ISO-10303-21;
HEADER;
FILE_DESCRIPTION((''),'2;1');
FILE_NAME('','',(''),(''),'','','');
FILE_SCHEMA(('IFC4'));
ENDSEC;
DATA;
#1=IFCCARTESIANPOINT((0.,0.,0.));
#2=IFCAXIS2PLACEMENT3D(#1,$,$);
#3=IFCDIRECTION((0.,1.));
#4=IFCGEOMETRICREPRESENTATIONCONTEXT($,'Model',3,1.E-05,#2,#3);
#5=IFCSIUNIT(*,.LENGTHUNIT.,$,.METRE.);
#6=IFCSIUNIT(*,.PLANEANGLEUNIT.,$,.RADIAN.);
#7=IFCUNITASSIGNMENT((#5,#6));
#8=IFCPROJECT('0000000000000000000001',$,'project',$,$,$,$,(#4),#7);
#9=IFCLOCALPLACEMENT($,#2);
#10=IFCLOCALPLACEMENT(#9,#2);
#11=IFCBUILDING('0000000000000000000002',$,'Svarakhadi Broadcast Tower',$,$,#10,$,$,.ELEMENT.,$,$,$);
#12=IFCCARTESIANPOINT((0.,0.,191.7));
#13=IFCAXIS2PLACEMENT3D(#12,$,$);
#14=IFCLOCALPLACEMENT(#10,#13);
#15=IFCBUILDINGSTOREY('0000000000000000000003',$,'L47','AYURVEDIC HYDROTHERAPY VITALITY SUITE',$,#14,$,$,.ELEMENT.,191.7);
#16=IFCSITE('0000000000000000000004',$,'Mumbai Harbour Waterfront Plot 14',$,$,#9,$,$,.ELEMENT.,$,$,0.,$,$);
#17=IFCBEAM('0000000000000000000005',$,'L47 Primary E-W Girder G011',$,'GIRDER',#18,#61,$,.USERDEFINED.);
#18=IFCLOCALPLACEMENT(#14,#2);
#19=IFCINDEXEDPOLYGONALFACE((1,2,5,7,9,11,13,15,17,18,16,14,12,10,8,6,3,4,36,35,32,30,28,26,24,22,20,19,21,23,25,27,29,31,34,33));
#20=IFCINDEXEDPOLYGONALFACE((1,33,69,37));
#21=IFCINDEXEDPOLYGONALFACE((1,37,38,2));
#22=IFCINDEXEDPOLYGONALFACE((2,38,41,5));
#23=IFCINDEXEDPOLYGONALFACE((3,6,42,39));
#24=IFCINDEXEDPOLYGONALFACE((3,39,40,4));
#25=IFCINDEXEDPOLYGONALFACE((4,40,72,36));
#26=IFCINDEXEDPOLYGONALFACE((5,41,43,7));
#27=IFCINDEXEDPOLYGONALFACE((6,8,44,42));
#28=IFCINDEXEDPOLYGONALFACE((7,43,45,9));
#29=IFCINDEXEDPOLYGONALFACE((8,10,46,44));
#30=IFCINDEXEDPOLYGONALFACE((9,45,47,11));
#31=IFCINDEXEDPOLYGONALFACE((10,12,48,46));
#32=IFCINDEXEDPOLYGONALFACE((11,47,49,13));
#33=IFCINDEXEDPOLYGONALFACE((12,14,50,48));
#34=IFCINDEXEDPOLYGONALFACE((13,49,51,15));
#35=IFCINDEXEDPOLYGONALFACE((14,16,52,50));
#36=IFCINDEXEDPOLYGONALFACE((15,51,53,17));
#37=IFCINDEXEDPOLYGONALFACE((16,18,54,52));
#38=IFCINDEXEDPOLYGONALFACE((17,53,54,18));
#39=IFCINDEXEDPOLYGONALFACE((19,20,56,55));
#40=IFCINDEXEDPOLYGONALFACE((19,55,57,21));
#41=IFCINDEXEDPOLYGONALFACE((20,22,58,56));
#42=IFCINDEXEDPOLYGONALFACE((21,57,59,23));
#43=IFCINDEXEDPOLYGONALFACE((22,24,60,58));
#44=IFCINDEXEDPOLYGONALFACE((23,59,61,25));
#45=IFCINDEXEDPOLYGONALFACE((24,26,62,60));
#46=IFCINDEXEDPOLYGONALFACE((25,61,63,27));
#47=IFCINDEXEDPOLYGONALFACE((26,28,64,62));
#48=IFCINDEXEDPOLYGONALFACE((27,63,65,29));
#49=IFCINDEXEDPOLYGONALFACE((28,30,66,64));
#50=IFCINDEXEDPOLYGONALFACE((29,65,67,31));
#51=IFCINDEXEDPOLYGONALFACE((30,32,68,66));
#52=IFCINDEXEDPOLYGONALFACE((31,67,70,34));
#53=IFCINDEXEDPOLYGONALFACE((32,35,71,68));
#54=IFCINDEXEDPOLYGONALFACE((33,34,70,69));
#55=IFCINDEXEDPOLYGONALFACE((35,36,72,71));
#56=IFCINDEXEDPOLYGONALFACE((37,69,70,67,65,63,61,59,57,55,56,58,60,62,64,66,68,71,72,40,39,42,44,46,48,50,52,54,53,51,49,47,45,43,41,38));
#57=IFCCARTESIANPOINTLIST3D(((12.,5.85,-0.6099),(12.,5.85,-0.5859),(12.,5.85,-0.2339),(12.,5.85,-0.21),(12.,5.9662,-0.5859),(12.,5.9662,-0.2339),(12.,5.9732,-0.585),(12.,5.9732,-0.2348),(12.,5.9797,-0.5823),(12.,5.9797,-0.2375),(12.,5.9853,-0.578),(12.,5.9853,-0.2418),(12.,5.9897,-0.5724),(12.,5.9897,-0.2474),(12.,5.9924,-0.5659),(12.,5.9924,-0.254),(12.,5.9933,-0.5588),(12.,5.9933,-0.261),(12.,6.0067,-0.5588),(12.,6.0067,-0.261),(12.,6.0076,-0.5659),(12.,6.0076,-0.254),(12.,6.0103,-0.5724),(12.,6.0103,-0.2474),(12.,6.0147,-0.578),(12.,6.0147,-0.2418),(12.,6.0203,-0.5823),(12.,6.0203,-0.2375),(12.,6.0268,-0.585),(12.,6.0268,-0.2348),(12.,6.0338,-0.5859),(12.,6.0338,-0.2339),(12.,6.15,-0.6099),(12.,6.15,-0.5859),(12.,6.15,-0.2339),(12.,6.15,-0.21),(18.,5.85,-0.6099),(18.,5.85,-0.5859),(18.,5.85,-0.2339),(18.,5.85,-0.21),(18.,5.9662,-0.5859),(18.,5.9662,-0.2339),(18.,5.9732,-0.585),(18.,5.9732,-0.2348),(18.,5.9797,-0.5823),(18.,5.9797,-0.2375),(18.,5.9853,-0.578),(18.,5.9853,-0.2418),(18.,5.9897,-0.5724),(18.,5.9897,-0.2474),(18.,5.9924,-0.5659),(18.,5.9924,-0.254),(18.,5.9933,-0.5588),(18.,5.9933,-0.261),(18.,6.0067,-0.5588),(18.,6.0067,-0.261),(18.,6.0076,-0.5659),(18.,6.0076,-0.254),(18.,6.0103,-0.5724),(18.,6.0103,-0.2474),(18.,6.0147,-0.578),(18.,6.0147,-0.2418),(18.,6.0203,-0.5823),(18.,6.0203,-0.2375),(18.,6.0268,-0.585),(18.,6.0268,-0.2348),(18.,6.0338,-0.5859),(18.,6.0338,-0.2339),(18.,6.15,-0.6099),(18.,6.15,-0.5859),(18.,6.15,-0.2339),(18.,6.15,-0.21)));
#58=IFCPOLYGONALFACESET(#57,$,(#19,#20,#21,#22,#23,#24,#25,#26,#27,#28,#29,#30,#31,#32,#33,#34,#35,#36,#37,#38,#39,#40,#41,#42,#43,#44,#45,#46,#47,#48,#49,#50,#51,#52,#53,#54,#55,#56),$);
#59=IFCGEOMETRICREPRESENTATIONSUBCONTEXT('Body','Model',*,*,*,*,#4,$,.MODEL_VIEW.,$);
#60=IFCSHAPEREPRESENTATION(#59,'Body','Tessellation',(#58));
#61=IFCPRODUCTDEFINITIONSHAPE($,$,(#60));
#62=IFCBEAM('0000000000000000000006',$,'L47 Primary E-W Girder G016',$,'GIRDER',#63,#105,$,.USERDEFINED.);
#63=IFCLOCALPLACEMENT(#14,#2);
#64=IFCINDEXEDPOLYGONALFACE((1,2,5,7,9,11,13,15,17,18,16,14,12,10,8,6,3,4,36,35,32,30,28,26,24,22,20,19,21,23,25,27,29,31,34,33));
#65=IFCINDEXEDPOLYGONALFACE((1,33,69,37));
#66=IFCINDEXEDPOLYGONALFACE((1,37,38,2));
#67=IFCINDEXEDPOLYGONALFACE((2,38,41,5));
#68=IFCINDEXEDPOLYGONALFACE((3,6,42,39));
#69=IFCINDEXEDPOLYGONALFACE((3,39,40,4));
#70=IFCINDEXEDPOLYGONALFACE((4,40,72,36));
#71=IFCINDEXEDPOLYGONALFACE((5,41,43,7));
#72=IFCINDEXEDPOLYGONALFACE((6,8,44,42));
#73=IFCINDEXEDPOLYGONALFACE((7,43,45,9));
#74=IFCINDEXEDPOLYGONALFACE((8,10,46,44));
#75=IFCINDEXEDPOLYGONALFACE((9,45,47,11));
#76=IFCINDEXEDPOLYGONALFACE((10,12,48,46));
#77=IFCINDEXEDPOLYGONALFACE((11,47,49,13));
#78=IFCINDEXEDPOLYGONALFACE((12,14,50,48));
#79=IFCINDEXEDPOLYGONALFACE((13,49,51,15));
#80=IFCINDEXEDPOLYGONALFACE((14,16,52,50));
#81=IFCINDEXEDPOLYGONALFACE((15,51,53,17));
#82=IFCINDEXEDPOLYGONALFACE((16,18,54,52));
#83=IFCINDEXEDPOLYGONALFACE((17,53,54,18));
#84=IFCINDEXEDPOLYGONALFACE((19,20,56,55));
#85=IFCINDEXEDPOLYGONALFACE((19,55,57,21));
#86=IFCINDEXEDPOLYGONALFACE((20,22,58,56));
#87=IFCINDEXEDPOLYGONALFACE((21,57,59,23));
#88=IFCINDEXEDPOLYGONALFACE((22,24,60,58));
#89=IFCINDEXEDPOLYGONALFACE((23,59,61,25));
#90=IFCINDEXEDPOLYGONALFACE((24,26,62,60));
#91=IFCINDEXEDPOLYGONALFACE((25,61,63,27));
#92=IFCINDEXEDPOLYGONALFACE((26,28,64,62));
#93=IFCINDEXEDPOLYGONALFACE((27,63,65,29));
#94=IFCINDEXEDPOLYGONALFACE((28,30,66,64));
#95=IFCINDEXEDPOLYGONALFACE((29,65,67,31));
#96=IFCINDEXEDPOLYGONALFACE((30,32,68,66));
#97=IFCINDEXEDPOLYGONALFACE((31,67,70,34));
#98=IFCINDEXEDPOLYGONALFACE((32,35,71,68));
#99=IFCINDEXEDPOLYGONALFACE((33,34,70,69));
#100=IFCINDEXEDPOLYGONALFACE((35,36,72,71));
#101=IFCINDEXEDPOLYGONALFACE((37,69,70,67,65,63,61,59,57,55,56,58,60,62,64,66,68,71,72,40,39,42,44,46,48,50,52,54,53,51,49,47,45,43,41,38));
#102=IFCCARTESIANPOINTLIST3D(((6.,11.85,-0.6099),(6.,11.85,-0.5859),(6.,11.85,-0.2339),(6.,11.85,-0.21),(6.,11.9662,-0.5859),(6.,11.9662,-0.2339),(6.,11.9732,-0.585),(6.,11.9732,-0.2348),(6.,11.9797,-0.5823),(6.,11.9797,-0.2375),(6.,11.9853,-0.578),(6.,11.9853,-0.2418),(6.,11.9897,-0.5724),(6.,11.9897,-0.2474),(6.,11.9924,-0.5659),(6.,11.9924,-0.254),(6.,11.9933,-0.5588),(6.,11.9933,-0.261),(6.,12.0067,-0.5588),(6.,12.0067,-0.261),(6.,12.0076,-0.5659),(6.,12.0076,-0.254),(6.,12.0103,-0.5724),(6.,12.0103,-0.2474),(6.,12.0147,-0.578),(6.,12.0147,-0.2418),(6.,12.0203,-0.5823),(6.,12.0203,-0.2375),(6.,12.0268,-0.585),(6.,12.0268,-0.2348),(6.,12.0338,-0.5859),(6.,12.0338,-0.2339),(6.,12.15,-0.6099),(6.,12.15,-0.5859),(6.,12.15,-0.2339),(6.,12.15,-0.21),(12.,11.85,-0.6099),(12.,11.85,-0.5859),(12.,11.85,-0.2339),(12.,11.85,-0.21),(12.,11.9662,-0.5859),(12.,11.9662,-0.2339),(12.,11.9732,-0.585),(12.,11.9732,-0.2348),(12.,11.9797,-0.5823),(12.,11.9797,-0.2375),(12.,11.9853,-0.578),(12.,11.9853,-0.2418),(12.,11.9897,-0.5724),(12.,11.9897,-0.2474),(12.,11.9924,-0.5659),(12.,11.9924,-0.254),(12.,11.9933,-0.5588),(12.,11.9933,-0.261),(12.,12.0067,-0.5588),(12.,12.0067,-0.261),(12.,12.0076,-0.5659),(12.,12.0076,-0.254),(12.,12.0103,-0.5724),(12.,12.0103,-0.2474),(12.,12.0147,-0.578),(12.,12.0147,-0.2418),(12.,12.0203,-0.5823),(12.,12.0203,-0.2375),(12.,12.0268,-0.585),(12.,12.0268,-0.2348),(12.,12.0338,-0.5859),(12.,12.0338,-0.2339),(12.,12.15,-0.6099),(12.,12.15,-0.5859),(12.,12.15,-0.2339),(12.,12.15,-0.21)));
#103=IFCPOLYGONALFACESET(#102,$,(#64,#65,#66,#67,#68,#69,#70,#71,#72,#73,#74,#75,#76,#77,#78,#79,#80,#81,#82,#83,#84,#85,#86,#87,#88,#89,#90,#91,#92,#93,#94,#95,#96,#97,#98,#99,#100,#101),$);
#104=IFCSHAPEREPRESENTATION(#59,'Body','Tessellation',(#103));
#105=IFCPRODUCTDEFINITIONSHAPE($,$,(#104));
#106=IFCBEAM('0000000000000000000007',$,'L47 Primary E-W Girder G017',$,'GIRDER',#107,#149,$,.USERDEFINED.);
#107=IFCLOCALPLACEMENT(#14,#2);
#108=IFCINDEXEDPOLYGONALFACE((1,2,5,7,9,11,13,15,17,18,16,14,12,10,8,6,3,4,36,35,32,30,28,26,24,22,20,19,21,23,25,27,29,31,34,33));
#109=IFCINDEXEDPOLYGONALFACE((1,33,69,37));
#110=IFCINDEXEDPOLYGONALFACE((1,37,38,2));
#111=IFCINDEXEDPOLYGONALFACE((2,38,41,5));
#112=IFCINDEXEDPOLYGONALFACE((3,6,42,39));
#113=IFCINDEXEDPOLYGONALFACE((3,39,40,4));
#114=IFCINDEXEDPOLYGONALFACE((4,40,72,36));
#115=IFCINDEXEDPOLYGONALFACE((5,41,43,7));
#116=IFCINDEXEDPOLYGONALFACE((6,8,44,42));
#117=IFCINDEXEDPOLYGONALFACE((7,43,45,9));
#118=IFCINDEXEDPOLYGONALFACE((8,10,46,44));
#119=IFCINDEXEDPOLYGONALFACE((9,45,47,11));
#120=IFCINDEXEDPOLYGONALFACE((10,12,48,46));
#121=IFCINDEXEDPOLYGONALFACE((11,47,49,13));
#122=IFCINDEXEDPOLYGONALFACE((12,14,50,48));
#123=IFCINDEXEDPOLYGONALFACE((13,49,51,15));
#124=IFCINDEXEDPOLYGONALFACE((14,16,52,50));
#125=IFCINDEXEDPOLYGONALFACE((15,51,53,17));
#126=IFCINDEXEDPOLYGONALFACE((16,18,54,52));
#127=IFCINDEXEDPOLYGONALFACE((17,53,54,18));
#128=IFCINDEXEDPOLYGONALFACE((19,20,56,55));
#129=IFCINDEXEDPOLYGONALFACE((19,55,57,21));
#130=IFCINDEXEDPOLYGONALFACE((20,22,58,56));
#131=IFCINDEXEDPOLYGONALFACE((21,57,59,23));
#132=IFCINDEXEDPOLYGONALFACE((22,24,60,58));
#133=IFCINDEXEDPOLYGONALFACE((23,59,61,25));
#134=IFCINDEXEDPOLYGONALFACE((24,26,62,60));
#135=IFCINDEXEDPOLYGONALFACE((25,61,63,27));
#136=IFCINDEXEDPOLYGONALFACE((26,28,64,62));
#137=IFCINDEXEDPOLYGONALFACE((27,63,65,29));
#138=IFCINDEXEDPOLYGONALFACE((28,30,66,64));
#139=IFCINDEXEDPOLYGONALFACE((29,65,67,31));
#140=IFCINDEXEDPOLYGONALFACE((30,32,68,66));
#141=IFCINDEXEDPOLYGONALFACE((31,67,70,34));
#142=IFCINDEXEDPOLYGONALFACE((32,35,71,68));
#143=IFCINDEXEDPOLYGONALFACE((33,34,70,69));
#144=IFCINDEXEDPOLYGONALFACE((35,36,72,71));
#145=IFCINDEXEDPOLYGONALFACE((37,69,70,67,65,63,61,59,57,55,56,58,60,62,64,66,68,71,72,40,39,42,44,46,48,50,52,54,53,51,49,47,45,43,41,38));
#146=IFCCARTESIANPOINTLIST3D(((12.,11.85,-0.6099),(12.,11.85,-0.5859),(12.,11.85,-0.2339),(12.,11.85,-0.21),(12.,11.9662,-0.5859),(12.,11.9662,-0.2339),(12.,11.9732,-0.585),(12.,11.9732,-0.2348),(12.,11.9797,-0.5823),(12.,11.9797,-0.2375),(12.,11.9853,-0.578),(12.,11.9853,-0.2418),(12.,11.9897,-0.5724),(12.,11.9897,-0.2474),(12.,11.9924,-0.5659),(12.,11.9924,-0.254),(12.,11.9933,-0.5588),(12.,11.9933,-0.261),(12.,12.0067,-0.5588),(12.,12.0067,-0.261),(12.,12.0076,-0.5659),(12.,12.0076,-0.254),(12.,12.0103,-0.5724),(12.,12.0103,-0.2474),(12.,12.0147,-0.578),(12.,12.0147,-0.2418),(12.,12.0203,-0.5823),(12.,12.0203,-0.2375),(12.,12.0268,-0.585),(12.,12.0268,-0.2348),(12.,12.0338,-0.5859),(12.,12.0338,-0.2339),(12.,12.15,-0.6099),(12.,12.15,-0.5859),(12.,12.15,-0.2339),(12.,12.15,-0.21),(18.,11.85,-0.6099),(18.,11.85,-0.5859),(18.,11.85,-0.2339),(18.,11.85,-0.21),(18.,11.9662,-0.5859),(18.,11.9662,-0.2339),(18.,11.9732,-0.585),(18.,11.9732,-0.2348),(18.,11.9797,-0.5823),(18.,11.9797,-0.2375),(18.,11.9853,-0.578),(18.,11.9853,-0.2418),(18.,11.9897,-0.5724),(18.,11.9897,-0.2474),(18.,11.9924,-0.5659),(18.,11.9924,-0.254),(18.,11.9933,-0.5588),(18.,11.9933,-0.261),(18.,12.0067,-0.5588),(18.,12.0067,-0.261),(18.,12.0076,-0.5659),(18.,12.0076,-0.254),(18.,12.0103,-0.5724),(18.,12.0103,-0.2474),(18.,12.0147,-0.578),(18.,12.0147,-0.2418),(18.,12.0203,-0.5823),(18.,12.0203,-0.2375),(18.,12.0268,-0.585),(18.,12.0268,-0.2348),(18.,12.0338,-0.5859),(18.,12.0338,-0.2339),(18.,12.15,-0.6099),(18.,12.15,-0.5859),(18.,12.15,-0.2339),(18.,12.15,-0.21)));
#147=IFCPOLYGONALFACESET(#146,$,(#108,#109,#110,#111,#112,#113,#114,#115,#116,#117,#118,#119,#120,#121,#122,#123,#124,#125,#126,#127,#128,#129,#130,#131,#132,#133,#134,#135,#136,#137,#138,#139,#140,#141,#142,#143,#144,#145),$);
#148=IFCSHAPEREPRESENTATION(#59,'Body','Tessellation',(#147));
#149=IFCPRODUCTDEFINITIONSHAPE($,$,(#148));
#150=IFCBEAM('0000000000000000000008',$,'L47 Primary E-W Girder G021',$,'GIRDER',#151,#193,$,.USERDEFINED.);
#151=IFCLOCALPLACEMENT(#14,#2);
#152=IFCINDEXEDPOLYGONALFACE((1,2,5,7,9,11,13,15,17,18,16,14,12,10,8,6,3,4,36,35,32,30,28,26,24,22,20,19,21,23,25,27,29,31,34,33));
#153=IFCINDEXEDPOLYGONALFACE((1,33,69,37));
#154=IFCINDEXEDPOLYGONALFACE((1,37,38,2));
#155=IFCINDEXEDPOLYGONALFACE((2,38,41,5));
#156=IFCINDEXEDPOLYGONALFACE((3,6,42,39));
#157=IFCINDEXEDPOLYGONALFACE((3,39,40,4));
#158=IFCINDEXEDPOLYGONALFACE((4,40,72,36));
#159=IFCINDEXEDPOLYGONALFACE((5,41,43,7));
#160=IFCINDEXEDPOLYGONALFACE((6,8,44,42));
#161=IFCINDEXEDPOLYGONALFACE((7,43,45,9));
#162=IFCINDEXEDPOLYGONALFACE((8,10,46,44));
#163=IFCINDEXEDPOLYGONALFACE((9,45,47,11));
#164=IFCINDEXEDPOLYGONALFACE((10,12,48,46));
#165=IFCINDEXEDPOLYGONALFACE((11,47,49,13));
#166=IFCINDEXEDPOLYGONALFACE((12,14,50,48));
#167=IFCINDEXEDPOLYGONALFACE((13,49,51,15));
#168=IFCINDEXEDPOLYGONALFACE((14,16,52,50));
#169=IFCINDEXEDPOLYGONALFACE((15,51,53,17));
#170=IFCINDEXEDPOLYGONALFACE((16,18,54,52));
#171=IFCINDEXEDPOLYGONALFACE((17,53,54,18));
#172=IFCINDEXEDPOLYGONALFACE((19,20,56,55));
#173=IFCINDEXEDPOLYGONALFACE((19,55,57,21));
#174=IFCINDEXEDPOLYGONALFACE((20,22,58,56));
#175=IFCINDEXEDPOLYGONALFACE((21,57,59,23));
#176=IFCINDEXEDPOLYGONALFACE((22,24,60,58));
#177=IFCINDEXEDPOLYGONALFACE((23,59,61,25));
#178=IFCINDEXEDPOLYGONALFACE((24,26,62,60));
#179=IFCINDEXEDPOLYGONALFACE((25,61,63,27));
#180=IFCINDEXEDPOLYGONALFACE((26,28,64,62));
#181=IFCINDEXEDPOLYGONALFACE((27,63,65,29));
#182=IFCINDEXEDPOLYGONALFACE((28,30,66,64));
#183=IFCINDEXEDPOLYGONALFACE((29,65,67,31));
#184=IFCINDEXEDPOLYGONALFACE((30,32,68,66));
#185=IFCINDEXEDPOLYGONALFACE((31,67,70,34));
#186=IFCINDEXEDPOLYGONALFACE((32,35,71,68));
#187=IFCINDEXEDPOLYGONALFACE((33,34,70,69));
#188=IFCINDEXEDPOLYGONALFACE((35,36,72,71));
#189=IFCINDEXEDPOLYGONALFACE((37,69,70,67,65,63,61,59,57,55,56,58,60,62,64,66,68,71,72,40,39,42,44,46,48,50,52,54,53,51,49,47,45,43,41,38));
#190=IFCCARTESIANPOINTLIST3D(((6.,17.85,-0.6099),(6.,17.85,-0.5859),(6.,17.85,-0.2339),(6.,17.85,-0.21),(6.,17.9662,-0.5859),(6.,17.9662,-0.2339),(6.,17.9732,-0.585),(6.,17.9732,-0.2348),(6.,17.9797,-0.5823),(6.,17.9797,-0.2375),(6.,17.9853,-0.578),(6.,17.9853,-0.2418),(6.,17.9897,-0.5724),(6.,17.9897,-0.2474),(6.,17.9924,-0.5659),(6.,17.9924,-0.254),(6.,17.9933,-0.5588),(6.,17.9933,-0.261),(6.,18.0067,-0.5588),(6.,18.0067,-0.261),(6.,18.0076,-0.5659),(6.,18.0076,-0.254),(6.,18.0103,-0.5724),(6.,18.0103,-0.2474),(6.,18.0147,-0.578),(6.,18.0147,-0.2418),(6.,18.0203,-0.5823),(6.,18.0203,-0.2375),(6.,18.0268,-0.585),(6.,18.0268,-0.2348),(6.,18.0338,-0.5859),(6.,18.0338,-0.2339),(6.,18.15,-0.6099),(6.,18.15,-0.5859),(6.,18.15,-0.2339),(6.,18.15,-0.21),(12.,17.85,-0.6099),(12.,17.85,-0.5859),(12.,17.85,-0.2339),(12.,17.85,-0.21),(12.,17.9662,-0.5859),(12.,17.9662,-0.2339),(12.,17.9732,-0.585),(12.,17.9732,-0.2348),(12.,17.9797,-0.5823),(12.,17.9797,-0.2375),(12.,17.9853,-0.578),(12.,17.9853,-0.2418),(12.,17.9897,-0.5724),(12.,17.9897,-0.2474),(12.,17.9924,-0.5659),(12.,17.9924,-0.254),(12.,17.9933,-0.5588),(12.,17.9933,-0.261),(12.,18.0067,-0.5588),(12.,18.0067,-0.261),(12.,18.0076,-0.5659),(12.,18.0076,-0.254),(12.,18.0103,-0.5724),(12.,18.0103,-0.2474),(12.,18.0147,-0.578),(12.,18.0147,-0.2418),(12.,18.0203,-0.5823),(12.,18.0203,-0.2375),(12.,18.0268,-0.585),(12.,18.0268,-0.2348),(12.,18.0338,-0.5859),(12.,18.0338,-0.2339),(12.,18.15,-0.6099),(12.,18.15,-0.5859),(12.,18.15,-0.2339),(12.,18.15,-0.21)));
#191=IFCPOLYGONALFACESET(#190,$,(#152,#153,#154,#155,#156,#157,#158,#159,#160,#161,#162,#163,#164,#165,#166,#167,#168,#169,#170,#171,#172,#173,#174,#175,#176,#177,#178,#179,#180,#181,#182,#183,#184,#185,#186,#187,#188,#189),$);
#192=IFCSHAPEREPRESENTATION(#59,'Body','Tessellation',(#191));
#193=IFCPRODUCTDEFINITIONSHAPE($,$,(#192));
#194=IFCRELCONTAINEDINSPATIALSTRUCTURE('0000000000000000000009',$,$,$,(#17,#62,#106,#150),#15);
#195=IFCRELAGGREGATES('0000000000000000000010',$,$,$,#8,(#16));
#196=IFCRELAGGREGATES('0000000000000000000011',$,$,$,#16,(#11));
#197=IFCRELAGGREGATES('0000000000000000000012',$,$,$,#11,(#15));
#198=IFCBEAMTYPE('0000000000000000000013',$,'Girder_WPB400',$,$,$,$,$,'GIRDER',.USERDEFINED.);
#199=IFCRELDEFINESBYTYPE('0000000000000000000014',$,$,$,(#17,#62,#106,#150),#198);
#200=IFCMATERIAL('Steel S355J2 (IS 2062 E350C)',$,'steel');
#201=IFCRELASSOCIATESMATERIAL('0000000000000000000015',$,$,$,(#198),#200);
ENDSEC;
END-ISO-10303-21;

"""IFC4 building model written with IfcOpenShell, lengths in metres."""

from ifc_helpers import new_model, si_unit, direction, frame, origin, origin_2d, place, context, subcontext, project, spatial, i_section, extrude, material, material_profile, profile_set, type_object, element, save


model = new_model("IFC4")

# Units and contexts
model_context = context("Model", 3, precision=1e-05, world=origin(), true_north=direction((0.0, 1.0)))
body_context = subcontext(model_context, "Body", "Model", "MODEL_VIEW")
ifc_project = project(units=[si_unit("LENGTHUNIT", "METRE"), si_unit("PLANEANGLEUNIT", "RADIAN")], contexts=[model_context])

# Site, building, storey
site_placement = place(None, origin())
site = spatial("IfcSite", under=ifc_project, at=site_placement, Name="Mumbai Harbour Waterfront Plot 14", CompositionType="ELEMENT", RefElevation=0.0)
building_placement = place(site_placement, origin())
building = spatial("IfcBuilding", under=site, at=building_placement, Name="Svarakhadi Broadcast Tower", CompositionType="ELEMENT")
storey_placement = place(building_placement, frame((0.0, 0.0, 191.7)))
storey = spatial("IfcBuildingStorey", under=building, at=storey_placement, Name="L47", Description="AYURVEDIC HYDROTHERAPY VITALITY SUITE", CompositionType="ELEMENT", Elevation=191.7)

# Beams
ifc_material_1 = material(Name="Steel S355J2 (IS 2062 E350C)", Category="steel")
ifc_material_profile_1 = material_profile(ifc_material_1, i_section(OverallWidth=0.3, OverallDepth=0.3999, WebThickness=0.0134, FlangeThickness=0.0239, FilletRadius=0.0271, at=origin_2d()), Name="WPB 400x300x155")
ifc_profile_set_1 = profile_set([ifc_material_profile_1], Name="Steel S355J2 (IS 2062 E350C)")
beam_type_1 = type_object("IfcBeamType", Name="Girder_WPB400", ElementType="GIRDER", PredefinedType="USERDEFINED", material=ifc_profile_set_1)
for number, where, z_axis, x_axis, name in (
    (1, (12.0, 6.0, -0.4099), (1.0, 0.0, 0.0), (0.0, 1.0, 0.0), "L47 Primary E-W Girder G011"),
    (2, (6.0, 12.0, -0.4099), (1.0, 0.0, 0.0), (0.0, 1.0, 0.0), "L47 Primary E-W Girder G016"),
    (3, (12.0, 12.0, -0.4099), (1.0, 0.0, 0.0), (0.0, 1.0, 0.0), "L47 Primary E-W Girder G017"),
    (4, (6.0, 18.0, -0.4099), (1.0, 0.0, 0.0), (0.0, 1.0, 0.0), "L47 Primary E-W Girder G021"),
):
    element("IfcBeam", number, at=place(storey_placement, frame(where, z_axis=z_axis, x_axis=x_axis)), inside=storey, type_object=beam_type_1, Name=name, ObjectType="GIRDER", PredefinedType="USERDEFINED", context=body_context, shape_type="SweptSolid", body=[
        extrude(i_section(OverallWidth=0.3, OverallDepth=0.3999, WebThickness=0.0134, FlangeThickness=0.0239, FilletRadius=0.0271, at=origin_2d()), origin(), (0.0, 0.0, 1.0), 6.0),
    ])

save(model, "model.ifc")
